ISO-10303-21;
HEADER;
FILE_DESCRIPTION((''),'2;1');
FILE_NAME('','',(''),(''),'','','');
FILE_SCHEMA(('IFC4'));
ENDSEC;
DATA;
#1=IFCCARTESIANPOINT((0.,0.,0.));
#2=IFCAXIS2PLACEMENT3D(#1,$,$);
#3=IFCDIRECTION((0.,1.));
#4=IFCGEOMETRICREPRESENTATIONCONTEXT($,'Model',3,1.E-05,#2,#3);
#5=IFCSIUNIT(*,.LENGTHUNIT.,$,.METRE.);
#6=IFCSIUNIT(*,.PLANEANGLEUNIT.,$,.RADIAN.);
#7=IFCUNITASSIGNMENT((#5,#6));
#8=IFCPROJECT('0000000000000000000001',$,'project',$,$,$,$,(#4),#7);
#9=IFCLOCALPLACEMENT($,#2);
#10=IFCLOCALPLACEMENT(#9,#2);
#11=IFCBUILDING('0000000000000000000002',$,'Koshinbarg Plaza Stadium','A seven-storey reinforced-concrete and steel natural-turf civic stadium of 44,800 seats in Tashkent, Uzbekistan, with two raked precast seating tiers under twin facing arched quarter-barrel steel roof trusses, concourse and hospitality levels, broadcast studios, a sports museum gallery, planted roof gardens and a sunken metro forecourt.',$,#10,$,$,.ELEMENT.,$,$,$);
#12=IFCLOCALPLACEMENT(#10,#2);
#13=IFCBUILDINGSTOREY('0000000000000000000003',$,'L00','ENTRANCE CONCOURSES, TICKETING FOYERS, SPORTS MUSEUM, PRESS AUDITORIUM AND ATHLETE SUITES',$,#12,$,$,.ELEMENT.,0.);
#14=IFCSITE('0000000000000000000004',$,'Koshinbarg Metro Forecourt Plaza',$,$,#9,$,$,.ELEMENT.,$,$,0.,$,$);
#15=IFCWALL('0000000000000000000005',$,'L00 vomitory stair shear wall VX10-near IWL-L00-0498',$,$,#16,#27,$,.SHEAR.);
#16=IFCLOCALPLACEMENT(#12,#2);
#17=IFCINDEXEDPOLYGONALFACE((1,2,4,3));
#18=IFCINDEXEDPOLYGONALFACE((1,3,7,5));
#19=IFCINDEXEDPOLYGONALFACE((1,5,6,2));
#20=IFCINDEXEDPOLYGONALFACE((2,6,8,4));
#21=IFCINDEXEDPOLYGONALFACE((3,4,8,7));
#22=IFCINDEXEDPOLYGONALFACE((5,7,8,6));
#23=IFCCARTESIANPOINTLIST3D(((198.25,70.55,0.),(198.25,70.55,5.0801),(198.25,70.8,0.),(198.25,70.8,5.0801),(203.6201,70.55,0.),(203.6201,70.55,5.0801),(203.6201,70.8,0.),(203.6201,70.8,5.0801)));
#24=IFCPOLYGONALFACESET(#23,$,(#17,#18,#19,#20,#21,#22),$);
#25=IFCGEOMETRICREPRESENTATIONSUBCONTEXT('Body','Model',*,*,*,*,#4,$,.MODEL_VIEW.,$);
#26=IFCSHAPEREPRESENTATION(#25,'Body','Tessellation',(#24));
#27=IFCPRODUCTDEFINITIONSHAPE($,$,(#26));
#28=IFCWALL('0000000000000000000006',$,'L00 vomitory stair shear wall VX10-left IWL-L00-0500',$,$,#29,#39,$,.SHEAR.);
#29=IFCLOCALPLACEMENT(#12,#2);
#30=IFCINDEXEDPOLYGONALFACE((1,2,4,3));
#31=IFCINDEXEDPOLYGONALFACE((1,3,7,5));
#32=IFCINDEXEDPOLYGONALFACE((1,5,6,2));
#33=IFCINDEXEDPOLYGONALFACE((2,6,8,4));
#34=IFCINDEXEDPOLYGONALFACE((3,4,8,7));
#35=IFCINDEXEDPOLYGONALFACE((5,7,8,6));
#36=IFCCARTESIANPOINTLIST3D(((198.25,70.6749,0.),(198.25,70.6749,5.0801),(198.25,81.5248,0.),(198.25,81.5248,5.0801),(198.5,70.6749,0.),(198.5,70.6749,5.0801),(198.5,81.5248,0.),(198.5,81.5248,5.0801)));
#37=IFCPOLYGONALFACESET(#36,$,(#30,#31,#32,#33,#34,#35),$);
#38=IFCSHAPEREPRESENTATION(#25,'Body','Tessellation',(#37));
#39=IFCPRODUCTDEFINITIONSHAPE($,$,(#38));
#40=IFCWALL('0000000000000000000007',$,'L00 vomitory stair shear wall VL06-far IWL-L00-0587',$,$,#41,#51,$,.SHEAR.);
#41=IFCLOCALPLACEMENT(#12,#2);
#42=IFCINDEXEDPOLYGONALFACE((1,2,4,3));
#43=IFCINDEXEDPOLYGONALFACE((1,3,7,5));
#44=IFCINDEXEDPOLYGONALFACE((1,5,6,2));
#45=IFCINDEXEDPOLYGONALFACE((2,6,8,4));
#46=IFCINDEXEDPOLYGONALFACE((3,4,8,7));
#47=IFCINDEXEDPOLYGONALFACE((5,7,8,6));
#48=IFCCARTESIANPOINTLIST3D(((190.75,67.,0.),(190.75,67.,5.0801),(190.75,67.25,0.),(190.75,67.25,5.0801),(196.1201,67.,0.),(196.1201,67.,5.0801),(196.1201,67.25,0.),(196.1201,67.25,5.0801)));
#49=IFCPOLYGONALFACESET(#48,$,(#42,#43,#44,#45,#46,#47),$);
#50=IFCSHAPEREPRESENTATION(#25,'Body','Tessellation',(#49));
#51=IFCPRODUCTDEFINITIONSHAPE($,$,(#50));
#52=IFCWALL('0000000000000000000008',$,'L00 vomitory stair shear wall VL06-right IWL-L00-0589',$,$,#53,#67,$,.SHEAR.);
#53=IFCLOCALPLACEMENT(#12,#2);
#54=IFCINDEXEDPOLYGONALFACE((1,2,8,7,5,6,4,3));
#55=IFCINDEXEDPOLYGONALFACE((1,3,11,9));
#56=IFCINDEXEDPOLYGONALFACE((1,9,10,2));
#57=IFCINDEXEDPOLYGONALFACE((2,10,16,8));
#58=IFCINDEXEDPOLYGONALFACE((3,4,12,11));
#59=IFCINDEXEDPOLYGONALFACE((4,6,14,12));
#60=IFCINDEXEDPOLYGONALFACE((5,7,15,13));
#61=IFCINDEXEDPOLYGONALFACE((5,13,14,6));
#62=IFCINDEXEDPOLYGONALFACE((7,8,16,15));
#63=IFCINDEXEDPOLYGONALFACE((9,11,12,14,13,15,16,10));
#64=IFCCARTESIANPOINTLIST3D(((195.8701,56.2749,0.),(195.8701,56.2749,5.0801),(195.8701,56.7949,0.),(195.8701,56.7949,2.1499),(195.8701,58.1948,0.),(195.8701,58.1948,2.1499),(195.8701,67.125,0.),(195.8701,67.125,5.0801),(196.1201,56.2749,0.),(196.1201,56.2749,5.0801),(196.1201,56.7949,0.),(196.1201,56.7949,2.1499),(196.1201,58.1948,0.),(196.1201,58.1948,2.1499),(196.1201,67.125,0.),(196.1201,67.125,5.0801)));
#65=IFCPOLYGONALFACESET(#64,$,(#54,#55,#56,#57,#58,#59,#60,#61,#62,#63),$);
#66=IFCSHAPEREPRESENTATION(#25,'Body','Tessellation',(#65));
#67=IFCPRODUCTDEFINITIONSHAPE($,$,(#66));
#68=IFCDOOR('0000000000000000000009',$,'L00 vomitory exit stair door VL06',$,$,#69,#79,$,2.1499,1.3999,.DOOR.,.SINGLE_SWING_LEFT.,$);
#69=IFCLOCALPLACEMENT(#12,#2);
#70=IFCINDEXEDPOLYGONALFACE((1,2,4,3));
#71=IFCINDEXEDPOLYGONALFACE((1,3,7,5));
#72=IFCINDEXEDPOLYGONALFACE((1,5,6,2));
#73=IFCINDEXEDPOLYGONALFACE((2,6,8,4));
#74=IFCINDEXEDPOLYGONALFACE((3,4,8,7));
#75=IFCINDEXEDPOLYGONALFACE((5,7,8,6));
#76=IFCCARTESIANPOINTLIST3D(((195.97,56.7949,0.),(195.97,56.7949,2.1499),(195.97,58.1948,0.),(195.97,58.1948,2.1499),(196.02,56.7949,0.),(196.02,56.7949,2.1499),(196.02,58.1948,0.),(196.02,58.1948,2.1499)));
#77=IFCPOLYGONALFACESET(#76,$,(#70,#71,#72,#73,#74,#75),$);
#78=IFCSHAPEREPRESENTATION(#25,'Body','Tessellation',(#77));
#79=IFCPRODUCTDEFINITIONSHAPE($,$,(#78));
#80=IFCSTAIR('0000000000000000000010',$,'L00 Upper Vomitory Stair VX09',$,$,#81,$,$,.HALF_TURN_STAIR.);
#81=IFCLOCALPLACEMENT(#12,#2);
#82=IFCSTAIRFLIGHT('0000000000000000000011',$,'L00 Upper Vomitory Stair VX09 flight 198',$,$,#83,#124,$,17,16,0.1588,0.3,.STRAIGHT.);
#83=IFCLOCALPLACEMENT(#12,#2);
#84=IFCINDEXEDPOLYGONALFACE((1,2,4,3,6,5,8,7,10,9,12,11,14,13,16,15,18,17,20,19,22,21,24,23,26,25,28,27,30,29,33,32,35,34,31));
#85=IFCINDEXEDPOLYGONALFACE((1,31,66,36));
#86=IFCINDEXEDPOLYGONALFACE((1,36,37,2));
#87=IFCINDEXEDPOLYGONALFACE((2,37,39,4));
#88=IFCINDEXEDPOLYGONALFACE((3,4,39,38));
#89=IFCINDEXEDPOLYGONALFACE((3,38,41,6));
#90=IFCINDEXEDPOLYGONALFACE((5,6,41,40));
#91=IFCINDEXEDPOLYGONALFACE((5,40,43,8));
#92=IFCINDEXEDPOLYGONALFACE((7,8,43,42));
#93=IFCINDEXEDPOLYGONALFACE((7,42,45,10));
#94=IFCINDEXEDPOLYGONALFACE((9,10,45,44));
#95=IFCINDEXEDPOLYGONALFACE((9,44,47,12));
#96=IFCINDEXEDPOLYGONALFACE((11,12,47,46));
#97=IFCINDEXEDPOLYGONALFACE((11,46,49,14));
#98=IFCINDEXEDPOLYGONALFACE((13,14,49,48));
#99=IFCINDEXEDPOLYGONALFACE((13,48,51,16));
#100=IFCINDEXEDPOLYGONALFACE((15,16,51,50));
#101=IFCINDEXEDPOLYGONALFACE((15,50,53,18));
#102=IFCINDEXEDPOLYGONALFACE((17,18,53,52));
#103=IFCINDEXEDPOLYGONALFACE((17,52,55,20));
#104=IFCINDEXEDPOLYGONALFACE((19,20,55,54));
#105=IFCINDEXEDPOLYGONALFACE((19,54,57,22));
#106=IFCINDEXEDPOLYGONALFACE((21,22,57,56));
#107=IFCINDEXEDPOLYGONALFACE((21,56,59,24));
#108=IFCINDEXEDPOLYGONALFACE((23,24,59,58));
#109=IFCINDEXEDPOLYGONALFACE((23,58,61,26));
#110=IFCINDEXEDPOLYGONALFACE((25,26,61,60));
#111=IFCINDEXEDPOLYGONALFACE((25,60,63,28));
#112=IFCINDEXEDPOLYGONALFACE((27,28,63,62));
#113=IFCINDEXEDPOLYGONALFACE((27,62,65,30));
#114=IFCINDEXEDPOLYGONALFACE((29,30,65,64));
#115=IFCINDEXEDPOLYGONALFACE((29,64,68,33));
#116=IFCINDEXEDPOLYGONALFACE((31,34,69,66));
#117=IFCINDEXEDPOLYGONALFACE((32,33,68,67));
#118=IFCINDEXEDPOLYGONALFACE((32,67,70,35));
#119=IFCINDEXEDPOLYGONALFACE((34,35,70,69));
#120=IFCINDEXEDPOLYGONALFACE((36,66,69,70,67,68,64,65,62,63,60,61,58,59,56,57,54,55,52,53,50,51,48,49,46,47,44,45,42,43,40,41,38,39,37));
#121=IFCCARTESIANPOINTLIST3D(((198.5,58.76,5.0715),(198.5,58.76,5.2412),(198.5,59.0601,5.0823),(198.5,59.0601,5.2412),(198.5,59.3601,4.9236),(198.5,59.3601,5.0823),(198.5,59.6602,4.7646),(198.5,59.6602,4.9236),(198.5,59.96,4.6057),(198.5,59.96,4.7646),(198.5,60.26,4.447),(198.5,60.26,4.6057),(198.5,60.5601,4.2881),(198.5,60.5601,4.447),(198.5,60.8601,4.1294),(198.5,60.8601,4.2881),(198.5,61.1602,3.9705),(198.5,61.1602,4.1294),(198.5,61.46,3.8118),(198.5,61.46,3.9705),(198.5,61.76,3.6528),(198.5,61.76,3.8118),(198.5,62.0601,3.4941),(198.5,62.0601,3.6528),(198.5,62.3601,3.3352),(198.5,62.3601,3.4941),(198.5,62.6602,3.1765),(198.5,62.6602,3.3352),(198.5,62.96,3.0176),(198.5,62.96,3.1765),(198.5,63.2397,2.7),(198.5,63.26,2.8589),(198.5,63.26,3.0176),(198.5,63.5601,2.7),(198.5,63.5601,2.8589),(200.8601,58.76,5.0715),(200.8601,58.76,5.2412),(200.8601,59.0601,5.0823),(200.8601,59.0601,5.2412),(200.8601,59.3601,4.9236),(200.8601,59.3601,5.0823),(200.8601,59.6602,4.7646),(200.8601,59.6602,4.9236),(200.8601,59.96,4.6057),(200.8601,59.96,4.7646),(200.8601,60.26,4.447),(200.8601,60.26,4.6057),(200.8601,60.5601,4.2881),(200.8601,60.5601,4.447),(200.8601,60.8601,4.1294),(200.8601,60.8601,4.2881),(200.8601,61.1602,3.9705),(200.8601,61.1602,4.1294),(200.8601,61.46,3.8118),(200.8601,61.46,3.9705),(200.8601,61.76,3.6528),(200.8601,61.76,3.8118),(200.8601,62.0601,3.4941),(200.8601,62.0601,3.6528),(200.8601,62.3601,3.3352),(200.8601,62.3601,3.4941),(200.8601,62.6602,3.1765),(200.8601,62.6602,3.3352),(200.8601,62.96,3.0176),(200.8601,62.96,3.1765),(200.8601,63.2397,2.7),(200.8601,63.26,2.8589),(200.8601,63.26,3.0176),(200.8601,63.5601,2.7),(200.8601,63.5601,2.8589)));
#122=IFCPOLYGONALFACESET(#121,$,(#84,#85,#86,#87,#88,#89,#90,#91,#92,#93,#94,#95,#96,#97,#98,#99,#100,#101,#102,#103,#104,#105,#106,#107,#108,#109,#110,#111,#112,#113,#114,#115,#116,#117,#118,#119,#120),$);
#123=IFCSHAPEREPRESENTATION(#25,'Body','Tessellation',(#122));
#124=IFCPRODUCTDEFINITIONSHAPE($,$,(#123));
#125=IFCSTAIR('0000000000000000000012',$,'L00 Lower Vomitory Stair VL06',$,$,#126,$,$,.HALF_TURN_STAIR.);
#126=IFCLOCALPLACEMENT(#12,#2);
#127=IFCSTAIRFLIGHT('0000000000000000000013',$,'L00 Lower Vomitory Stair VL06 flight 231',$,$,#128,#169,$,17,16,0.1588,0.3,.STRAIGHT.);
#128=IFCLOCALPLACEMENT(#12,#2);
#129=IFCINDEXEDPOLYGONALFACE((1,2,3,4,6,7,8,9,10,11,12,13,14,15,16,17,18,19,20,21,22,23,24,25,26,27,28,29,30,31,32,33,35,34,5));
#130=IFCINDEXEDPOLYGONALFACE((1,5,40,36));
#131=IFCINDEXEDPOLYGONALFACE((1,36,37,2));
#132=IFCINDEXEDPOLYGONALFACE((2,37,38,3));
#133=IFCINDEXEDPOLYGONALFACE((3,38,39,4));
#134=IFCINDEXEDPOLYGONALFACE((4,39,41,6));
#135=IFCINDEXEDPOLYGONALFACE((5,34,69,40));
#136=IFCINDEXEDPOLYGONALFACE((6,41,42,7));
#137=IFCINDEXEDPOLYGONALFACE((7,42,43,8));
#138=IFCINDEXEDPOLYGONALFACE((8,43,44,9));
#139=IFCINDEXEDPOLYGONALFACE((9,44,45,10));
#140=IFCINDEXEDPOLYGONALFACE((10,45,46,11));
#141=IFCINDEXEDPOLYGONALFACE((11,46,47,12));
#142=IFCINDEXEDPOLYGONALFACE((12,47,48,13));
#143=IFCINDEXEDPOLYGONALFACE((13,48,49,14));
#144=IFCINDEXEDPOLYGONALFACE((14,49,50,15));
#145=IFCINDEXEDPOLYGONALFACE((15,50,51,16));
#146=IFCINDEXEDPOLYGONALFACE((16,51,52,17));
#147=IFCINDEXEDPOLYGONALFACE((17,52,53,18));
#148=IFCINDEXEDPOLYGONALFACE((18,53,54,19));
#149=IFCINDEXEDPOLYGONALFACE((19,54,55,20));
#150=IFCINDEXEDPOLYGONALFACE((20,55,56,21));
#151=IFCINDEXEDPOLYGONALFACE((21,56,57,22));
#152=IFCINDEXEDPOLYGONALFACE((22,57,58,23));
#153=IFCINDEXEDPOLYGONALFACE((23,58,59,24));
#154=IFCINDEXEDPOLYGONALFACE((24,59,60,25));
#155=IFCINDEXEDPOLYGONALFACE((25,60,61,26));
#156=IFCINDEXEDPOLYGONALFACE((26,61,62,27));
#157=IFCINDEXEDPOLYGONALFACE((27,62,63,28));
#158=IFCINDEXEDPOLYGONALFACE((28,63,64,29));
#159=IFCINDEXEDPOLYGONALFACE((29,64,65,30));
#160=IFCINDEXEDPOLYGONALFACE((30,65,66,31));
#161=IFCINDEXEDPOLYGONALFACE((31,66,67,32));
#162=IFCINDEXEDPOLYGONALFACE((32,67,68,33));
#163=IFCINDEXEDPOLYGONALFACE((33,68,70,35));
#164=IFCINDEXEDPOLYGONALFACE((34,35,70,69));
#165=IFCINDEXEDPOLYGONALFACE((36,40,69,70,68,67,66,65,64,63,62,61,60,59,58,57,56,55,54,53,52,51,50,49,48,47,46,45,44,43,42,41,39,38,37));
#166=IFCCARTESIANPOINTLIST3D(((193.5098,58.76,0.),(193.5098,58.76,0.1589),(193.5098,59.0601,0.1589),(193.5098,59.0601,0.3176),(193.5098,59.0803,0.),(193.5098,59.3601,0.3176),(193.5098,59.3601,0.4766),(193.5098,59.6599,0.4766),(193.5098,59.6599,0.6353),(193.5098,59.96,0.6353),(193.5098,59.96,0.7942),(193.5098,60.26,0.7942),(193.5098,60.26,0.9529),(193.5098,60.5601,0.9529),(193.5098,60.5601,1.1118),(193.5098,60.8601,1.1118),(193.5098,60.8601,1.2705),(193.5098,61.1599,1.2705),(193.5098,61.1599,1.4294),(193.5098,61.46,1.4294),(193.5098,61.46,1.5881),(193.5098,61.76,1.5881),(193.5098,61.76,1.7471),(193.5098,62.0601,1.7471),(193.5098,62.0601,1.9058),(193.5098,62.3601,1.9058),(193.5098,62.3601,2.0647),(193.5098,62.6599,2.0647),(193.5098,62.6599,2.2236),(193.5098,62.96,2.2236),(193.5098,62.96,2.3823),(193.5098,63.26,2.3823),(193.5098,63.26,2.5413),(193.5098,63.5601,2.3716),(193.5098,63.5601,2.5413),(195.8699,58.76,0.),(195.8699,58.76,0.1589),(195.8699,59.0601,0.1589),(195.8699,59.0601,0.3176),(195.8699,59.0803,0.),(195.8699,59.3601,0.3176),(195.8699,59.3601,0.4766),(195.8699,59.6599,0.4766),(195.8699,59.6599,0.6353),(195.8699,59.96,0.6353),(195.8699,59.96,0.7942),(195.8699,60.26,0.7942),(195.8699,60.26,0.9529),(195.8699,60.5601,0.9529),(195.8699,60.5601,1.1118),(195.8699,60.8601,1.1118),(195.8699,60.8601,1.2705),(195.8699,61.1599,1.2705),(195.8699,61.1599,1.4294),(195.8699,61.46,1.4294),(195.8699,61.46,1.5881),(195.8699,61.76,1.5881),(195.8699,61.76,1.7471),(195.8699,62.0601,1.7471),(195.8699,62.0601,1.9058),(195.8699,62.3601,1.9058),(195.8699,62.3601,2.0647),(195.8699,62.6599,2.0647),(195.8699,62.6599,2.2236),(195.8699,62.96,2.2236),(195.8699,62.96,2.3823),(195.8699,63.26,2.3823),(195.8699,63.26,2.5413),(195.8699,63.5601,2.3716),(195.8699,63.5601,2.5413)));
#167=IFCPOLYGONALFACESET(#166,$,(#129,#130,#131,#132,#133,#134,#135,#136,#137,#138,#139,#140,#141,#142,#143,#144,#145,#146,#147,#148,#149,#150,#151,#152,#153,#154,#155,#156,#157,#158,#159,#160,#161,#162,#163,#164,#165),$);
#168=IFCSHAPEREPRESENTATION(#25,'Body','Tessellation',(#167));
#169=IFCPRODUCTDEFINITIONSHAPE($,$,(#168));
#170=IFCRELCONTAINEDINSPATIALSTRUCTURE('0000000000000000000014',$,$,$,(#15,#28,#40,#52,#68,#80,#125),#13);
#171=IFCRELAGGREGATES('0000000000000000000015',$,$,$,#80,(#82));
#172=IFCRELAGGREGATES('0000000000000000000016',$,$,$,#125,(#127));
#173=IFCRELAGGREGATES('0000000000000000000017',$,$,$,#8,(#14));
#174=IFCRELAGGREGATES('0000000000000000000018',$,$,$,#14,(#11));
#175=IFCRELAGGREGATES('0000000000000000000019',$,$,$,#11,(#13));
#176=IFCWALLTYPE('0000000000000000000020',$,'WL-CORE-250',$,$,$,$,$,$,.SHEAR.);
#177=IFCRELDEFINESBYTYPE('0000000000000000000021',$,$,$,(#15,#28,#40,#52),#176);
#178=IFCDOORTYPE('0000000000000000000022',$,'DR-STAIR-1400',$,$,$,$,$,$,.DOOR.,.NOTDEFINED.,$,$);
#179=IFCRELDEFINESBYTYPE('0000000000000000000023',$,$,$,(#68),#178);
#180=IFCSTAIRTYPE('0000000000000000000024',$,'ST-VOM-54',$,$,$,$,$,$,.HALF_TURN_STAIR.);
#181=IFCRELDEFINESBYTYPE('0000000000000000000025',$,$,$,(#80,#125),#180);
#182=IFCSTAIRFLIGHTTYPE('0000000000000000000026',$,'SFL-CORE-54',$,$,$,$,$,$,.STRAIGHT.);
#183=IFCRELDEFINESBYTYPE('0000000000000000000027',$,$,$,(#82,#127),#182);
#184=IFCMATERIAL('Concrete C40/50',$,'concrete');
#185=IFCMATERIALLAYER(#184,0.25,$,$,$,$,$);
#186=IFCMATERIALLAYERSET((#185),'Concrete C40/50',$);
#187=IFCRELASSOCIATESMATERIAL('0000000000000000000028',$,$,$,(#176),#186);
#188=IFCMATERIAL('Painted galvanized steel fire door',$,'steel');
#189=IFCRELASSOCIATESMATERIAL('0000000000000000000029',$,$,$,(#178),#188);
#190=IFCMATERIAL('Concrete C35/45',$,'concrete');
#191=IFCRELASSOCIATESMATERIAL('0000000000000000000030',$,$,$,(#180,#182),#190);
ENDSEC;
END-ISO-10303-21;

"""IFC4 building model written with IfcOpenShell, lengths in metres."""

from ifc_helpers import new_model, si_unit, direction, frame, frame_2d, origin, place, context, subcontext, project, spatial, polyline, rectangle, outline, extrude, material, layer, layer_set, type_object, element, fill, aggregate, save


model = new_model("IFC4")

# Units and contexts
model_context = context("Model", 3, precision=1e-05, world=origin(), true_north=direction((0.0, 1.0)))
body_context = subcontext(model_context, "Body", "Model", "MODEL_VIEW")
ifc_project = project(units=[si_unit("LENGTHUNIT", "METRE"), si_unit("PLANEANGLEUNIT", "RADIAN")], contexts=[model_context])

# Site, building, storey
site_placement = place(None, origin())
site = spatial("IfcSite", under=ifc_project, at=site_placement, Name="Koshinbarg Metro Forecourt Plaza", CompositionType="ELEMENT", RefElevation=0.0)
building_placement = place(site_placement, origin())
building = spatial("IfcBuilding", under=site, at=building_placement, Name="Koshinbarg Plaza Stadium", Description="A seven-storey reinforced-concrete and steel natural-turf civic stadium of 44,800 seats in Tashkent, Uzbekistan, with two raked precast seating tiers under twin facing arched quarter-barrel steel roof trusses, concourse and hospitality levels, broadcast studios, a sports museum gallery, planted roof gardens and a sunken metro forecourt.", CompositionType="ELEMENT")
storey_placement = place(building_placement, origin())
storey = spatial("IfcBuildingStorey", under=building, at=storey_placement, Name="L00", Description="ENTRANCE CONCOURSES, TICKETING FOYERS, SPORTS MUSEUM, PRESS AUDITORIUM AND ATHLETE SUITES", CompositionType="ELEMENT", Elevation=0.0)

# Shared definitions
ifc_material_1 = material(Name="Concrete C35/45", Category="concrete")

# Shared definitions
ifc_material_2 = material(Name="Concrete C40/50", Category="concrete")

# Walls
ifc_layer = layer(ifc_material_2, 0.25)
ifc_layer_set = layer_set([ifc_layer], Name="Concrete C40/50")
wall_type = type_object("IfcWallType", Name="WL-CORE-250", PredefinedType="SHEAR", material=ifc_layer_set)
wall_1_placement = place(storey_placement, frame((198.25, 70.675, 0.0), z_axis=(0.0, 0.0, 1.0), x_axis=(1.0, 0.0, 0.0)))
element("IfcWall", 1, at=wall_1_placement, inside=storey, type_object=wall_type, Name="L00 vomitory stair shear wall VX10-near IWL-L00-0498", PredefinedType="SHEAR", context=body_context, shape_type="SweptSolid", body=[
    extrude(rectangle(XDim=5.3701, YDim=0.25, at=frame_2d((2.6851, 0.0))), origin(), (0.0, 0.0, 1.0), 5.0801),
])
wall_2_placement = place(storey_placement, frame((198.375, 70.675, 0.0), z_axis=(0.0, 0.0, 1.0), x_axis=(0.0, 1.0, 0.0)))
element("IfcWall", 2, at=wall_2_placement, inside=storey, type_object=wall_type, Name="L00 vomitory stair shear wall VX10-left IWL-L00-0500", PredefinedType="SHEAR", context=body_context, shape_type="SweptSolid", body=[
    extrude(rectangle(XDim=10.8499, YDim=0.25, at=frame_2d((5.4248, 0.0))), origin(), (0.0, 0.0, 1.0), 5.0801),
])
wall_3_placement = place(storey_placement, frame((196.1201, 67.125, 0.0), z_axis=(0.0, 0.0, 1.0), x_axis=(-1.0, 0.0, 0.0)))
element("IfcWall", 3, at=wall_3_placement, inside=storey, type_object=wall_type, Name="L00 vomitory stair shear wall VL06-far IWL-L00-0587", PredefinedType="SHEAR", context=body_context, shape_type="SweptSolid", body=[
    extrude(rectangle(XDim=5.3701, YDim=0.25, at=frame_2d((2.6851, 0.0))), origin(), (0.0, 0.0, 1.0), 5.0801),
])

# Wall, opening, door
wall_4_placement = place(storey_placement, frame((195.9951, 56.2749, 0.0), z_axis=(0.0, 0.0, 1.0), x_axis=(0.0, 1.0, 0.0)))
wall_4 = element("IfcWall", 4, at=wall_4_placement, inside=storey, type_object=wall_type, Name="L00 vomitory stair shear wall VL06-right IWL-L00-0589", PredefinedType="SHEAR", context=body_context, shape_type="SweptSolid", body=[
    extrude(rectangle(XDim=10.8501, YDim=0.25, at=frame_2d((5.425, 0.0))), origin(), (0.0, 0.0, 1.0), 5.0801),
])
opening_placement = place(wall_4_placement, frame((0.52, 0.0, 0.0)))
opening = element("IfcOpeningElement", 5, at=opening_placement, cuts=wall_4, PredefinedType="OPENING", context=body_context, shape_type="SweptSolid", body=[
    extrude(rectangle(XDim=1.3999, YDim=2.1499, at=frame_2d((0.7, 1.075))), frame((0.0, 0.135, 0.0), z_axis=(0.0, -1.0, 0.0), x_axis=(1.0, 0.0, 0.0)), (0.0, 0.0, 1.0), 0.27),
])
ifc_material_3 = material(Name="Painted galvanized steel fire door", Category="steel")
door_type = type_object("IfcDoorType", Name="DR-STAIR-1400", OperationType="NOTDEFINED", PredefinedType="DOOR", material=ifc_material_3)
door_placement = place(opening_placement, frame((1.3999, 0.0, 0.0), z_axis=(0.0, 0.0, 1.0), x_axis=(-1.0, 0.0, 0.0)))
door = element("IfcDoor", 6, at=door_placement, inside=storey, type_object=door_type, Name="L00 vomitory exit stair door VL06", OperationType="SINGLE_SWING_LEFT", OverallHeight=2.1499, OverallWidth=1.3999, PredefinedType="DOOR", context=body_context, shape_type="SweptSolid", body=[
    extrude(rectangle(XDim=1.3999, YDim=2.1499, at=frame_2d((0.7, 1.075))), frame((0.0, 0.0249, 0.0), z_axis=(0.0, -1.0, 0.0), x_axis=(1.0, 0.0, 0.0)), (0.0, 0.0, 1.0), 0.05),
])
fill(opening, door)

# Stairs, stair flights
stair_type = type_object("IfcStairType", Name="ST-VOM-54", PredefinedType="HALF_TURN_STAIR", material=ifc_material_1)
stair_1_placement = place(storey_placement, origin())
stair_1 = element("IfcStair", 7, at=stair_1_placement, inside=storey, type_object=stair_type, Name="L00 Upper Vomitory Stair VX09", PredefinedType="HALF_TURN_STAIR")
stair_flight_type = type_object("IfcStairFlightType", Name="SFL-CORE-54", PredefinedType="STRAIGHT", material=ifc_material_1)
stair_flight_1_placement = place(storey_placement, frame((199.6799, 63.5601, 2.7), z_axis=(0.0, 0.0, 1.0), x_axis=(0.0, -1.0, 0.0)))
stair_flight_1 = element("IfcStairFlight", 8, at=stair_flight_1_placement, type_object=stair_flight_type, Name="L00 Upper Vomitory Stair VX09 flight 198", NumberOfRisers=17, NumberOfTreads=16, PredefinedType="STRAIGHT", RiserHeight=0.1588, TreadLength=0.3, context=body_context, shape_type="SweptSolid", body=[
    extrude(outline(polyline([(0.0, 0.0), (0.0, 0.1589), (0.3, 0.1589), (0.3, 0.3176), (0.6001, 0.3176), (0.6001, 0.4766), (0.8999, 0.4766), (0.8999, 0.6353), (1.2, 0.6353), (1.2, 0.7942), (1.5, 0.7942), (1.5, 0.9529), (1.8, 0.9529), (1.8, 1.1118), (2.1001, 1.1118), (2.1001, 1.2705), (2.3999, 1.2705), (2.3999, 1.4294), (2.7, 1.4294), (2.7, 1.5881), (3.0, 1.5881), (3.0, 1.7471), (3.3, 1.7471), (3.3, 1.9058), (3.6001, 1.9058), (3.6001, 2.0647), (3.8999, 2.0647), (3.8999, 2.2236), (4.2, 2.2236), (4.2, 2.3823), (4.5, 2.3823), (4.5, 2.5413), (4.8, 2.5413), (4.8, 2.7), (4.8, 2.3716), (0.3203, 0.0), (0.0, 0.0)])), frame((0.0, 1.1802, 0.0), z_axis=(0.0, -1.0, 0.0), x_axis=(1.0, 0.0, 0.0)), (0.0, 0.0, 1.0), 2.3601),
])
aggregate(stair_1, [stair_flight_1])
stair_2_placement = place(storey_placement, origin())
stair_2 = element("IfcStair", 9, at=stair_2_placement, inside=storey, type_object=stair_type, Name="L00 Lower Vomitory Stair VL06", PredefinedType="HALF_TURN_STAIR")
stair_flight_2_placement = place(storey_placement, frame((194.6899, 58.76, 0.0), z_axis=(0.0, 0.0, 1.0), x_axis=(0.0, 1.0, 0.0)))
stair_flight_2 = element("IfcStairFlight", 10, at=stair_flight_2_placement, type_object=stair_flight_type, Name="L00 Lower Vomitory Stair VL06 flight 231", NumberOfRisers=17, NumberOfTreads=16, PredefinedType="STRAIGHT", RiserHeight=0.1588, TreadLength=0.3, context=body_context, shape_type="SweptSolid", body=[
    extrude(outline(polyline([(0.0, 0.0), (0.0, 0.1589), (0.3, 0.1589), (0.3, 0.3176), (0.6001, 0.3176), (0.6001, 0.4766), (0.8999, 0.4766), (0.8999, 0.6353), (1.2, 0.6353), (1.2, 0.7942), (1.5, 0.7942), (1.5, 0.9529), (1.8, 0.9529), (1.8, 1.1118), (2.1001, 1.1118), (2.1001, 1.2705), (2.3999, 1.2705), (2.3999, 1.4294), (2.7, 1.4294), (2.7, 1.5881), (3.0, 1.5881), (3.0, 1.7471), (3.3, 1.7471), (3.3, 1.9058), (3.6001, 1.9058), (3.6001, 2.0647), (3.8999, 2.0647), (3.8999, 2.2236), (4.2, 2.2236), (4.2, 2.3823), (4.5, 2.3823), (4.5, 2.5413), (4.8, 2.5413), (4.8, 2.7), (4.8, 2.3716), (0.3203, 0.0), (0.0, 0.0)])), frame((0.0, 1.1802, 0.0), z_axis=(0.0, -1.0, 0.0), x_axis=(1.0, 0.0, 0.0)), (0.0, 0.0, 1.0), 2.3601),
])
aggregate(stair_2, [stair_flight_2])

save(model, "model.ifc")
